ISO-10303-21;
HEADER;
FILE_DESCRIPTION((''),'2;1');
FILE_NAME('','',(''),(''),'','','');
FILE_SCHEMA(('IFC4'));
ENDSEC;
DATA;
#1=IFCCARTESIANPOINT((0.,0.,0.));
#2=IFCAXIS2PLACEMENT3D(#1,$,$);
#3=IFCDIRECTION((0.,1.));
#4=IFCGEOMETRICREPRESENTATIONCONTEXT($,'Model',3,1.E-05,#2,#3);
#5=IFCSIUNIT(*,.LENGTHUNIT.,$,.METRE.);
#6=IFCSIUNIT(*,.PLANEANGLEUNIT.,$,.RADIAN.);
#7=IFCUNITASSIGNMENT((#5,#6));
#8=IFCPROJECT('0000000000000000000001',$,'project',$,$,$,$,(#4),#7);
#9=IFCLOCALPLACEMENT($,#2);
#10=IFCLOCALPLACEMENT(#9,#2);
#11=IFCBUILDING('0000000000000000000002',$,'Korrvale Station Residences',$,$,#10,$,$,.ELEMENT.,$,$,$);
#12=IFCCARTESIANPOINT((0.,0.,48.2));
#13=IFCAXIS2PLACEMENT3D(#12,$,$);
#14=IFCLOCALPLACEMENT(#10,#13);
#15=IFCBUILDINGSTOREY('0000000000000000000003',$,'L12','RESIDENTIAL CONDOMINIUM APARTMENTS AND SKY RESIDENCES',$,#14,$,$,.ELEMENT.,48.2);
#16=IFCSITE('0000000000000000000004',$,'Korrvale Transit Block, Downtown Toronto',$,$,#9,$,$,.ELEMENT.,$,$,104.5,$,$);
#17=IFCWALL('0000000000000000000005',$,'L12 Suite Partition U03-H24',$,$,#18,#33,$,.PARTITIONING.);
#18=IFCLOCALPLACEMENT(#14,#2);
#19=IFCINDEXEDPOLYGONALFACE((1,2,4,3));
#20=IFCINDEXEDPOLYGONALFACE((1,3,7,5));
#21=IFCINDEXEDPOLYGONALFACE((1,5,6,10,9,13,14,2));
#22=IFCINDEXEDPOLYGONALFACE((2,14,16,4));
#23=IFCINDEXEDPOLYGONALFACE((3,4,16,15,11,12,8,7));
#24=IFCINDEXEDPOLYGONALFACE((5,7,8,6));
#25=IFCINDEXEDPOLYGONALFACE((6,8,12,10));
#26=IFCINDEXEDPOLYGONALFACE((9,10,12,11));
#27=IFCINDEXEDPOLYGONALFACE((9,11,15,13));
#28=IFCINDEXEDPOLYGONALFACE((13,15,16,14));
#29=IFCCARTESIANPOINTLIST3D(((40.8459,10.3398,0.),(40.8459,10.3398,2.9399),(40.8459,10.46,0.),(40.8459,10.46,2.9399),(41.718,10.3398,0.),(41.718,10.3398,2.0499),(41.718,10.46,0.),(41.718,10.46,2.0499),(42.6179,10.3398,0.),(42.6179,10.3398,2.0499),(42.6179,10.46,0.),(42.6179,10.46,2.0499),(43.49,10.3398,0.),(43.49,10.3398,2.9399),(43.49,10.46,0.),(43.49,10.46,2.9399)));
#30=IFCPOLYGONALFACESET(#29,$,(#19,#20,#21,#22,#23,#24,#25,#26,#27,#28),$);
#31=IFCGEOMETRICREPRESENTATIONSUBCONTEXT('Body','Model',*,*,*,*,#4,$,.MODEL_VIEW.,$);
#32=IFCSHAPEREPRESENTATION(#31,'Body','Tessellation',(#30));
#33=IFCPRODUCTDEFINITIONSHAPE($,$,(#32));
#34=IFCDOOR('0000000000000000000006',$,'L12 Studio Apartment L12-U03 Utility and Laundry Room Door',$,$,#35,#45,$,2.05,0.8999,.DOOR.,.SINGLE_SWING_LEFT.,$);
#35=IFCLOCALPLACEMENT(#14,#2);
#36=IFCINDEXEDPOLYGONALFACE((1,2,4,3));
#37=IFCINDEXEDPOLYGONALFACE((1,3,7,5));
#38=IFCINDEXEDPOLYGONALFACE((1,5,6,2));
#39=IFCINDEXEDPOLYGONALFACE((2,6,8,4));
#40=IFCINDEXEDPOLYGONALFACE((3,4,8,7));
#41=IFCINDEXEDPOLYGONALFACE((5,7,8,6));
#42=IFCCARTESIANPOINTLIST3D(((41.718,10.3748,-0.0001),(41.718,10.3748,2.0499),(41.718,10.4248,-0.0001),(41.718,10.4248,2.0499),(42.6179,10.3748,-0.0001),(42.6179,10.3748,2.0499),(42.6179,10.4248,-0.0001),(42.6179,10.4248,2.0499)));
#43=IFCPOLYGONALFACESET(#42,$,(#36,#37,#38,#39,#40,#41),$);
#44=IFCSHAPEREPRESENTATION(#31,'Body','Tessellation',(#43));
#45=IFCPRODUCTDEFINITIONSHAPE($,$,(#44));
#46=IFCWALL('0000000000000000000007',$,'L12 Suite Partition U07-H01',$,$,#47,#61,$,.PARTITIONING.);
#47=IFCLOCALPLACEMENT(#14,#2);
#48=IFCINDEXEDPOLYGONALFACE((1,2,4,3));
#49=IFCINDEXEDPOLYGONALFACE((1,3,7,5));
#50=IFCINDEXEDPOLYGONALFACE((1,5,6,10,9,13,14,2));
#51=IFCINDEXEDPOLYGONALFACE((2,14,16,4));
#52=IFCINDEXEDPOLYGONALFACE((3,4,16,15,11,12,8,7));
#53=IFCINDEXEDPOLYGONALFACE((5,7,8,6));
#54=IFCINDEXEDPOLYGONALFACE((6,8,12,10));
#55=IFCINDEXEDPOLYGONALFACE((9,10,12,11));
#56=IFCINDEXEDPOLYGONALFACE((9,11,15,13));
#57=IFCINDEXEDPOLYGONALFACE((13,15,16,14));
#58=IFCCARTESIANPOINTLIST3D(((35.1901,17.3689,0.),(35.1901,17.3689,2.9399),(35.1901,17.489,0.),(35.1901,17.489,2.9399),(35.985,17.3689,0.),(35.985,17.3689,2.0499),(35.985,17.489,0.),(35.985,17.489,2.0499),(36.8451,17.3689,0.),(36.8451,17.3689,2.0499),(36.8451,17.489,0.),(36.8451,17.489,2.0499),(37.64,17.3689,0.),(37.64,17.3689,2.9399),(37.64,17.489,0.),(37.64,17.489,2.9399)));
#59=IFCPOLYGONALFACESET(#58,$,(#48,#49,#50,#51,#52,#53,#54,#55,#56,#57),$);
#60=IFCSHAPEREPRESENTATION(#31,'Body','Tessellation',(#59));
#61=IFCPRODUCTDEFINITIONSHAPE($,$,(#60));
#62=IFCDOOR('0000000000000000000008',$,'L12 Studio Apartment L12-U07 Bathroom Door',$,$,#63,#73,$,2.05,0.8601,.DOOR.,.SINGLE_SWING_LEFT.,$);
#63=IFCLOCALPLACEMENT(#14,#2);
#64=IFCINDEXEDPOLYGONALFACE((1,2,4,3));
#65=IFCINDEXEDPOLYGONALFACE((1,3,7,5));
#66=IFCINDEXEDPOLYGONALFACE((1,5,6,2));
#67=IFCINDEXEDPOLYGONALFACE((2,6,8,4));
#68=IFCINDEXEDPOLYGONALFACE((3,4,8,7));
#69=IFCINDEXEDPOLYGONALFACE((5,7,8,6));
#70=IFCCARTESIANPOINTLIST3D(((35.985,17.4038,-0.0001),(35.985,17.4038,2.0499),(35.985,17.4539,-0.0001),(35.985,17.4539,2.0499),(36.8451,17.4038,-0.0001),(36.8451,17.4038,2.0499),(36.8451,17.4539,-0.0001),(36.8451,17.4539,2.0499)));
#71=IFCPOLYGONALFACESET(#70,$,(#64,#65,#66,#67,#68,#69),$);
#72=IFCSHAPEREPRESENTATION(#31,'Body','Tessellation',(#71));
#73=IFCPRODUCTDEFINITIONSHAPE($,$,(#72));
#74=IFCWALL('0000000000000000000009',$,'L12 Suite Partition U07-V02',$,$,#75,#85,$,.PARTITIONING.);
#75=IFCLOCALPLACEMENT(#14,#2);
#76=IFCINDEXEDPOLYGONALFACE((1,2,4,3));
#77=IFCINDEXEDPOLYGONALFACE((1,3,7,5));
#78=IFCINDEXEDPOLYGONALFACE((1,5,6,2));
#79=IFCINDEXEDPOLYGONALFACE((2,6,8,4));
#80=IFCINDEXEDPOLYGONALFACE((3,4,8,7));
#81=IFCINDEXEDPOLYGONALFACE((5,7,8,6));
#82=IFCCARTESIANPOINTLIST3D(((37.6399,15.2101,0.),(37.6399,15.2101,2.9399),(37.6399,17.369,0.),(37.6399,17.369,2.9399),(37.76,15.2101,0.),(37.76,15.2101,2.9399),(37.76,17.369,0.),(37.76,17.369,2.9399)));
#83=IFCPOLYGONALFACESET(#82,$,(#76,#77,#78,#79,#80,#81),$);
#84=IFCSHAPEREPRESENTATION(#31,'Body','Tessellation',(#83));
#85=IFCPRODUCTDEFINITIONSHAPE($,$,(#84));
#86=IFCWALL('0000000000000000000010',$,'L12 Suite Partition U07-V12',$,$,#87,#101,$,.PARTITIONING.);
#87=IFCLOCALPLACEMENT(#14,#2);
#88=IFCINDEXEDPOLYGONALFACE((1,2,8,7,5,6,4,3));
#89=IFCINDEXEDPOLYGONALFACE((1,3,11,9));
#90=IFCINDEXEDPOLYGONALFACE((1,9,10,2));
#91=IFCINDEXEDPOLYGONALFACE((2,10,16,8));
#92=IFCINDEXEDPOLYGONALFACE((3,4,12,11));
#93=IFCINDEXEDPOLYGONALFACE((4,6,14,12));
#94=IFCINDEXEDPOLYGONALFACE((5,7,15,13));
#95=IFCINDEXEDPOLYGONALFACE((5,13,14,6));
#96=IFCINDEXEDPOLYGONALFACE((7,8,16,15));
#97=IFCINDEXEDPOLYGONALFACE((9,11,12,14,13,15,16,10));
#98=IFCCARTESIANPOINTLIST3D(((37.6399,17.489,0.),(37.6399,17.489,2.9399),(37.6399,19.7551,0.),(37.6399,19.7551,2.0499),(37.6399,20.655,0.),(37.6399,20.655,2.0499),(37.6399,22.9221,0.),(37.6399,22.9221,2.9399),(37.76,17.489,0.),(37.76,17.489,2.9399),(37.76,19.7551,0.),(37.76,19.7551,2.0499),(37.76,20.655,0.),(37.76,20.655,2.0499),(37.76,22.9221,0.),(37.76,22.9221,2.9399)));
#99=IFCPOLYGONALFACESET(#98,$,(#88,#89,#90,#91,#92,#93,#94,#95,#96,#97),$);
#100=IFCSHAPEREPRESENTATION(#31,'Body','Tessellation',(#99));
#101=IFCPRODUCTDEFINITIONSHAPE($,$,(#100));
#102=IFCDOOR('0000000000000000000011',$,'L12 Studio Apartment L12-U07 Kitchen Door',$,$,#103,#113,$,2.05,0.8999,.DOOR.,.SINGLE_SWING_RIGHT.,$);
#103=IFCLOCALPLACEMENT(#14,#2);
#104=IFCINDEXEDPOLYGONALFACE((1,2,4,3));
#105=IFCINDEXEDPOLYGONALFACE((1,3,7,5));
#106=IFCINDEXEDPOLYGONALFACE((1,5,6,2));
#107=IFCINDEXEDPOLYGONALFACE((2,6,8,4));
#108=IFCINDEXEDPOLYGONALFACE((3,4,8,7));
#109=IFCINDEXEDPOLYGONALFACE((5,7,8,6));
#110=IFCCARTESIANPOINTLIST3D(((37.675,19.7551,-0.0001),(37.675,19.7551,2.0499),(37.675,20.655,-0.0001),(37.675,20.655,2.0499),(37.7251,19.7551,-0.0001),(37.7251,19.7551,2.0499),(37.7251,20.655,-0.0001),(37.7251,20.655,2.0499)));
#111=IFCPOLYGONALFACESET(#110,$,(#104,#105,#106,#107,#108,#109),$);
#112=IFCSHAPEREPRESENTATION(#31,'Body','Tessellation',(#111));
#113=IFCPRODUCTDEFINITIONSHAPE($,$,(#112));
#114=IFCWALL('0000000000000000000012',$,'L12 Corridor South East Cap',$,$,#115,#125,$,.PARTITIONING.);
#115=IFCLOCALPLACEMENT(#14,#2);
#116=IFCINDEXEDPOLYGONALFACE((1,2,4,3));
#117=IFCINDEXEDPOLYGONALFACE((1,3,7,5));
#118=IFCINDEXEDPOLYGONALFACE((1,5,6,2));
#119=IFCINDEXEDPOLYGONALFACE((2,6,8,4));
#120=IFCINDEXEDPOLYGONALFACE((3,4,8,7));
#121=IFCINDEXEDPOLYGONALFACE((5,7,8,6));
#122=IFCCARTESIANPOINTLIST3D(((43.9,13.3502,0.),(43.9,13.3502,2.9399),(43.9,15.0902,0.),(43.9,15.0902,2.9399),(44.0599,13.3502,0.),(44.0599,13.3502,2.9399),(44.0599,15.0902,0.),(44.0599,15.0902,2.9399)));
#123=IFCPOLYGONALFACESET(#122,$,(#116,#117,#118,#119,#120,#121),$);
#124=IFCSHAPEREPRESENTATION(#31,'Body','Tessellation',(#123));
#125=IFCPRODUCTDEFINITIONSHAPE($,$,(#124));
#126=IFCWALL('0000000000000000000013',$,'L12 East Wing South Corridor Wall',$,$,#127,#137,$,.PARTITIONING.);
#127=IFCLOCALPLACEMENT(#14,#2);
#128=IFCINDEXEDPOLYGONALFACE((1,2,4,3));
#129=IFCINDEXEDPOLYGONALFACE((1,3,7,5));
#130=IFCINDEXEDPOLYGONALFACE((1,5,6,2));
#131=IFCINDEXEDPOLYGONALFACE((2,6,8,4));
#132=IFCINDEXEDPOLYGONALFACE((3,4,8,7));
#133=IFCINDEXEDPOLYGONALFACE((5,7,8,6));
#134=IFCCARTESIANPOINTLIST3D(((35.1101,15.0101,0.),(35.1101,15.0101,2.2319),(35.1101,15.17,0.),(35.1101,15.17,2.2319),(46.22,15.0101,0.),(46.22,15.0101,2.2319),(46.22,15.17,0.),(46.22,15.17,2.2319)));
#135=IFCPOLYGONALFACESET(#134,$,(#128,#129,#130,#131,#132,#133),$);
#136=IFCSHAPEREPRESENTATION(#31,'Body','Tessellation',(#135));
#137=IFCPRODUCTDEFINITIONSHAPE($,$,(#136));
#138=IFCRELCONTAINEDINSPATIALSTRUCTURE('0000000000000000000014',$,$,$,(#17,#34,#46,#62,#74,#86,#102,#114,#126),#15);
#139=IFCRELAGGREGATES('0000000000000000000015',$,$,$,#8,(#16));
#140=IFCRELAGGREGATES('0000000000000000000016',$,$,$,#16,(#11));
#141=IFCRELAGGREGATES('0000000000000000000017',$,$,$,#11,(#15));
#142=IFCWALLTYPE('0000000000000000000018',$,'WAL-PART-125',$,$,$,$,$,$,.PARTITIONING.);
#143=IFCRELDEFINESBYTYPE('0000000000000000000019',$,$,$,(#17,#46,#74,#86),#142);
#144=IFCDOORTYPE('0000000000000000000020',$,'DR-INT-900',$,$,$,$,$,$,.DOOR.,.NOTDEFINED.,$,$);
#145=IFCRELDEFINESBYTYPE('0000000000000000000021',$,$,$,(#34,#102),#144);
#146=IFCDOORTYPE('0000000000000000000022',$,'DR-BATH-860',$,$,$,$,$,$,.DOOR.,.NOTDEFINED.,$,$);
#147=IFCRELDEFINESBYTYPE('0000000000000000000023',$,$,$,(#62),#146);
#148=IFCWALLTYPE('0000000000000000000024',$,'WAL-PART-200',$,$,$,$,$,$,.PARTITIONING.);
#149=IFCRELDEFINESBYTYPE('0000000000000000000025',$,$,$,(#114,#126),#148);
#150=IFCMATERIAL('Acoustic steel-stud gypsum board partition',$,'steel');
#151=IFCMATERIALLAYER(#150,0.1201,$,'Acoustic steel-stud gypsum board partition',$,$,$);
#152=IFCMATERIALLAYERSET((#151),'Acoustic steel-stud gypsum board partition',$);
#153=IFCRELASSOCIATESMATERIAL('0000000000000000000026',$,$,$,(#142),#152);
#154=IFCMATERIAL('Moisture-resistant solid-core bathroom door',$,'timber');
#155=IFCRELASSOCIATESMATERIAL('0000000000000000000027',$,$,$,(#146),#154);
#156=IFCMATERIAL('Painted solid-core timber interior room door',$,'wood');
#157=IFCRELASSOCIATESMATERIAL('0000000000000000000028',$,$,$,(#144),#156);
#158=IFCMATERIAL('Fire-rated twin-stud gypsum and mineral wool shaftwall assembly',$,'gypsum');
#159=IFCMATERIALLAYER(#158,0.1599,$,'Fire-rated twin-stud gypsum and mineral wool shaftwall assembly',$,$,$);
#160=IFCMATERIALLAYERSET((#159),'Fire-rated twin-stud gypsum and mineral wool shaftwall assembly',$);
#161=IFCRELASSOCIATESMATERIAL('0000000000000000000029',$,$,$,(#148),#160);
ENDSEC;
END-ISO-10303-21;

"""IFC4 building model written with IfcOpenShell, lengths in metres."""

from ifc_helpers import new_model, si_unit, direction, frame, frame_2d, origin, place, context, subcontext, project, spatial, rectangle, extrude, material, layer, layer_set, type_object, element, fill, save


model = new_model("IFC4")

# Units and contexts
model_context = context("Model", 3, precision=1e-05, world=origin(), true_north=direction((0.0, 1.0)))
body_context = subcontext(model_context, "Body", "Model", "MODEL_VIEW")
ifc_project = project(units=[si_unit("LENGTHUNIT", "METRE"), si_unit("PLANEANGLEUNIT", "RADIAN")], contexts=[model_context])

# Site, building, storey
site_placement = place(None, origin())
site = spatial("IfcSite", under=ifc_project, at=site_placement, Name="Korrvale Transit Block, Downtown Toronto", CompositionType="ELEMENT", RefElevation=104.5)
building_placement = place(site_placement, origin())
building = spatial("IfcBuilding", under=site, at=building_placement, Name="Korrvale Station Residences", CompositionType="ELEMENT")
storey_placement = place(building_placement, frame((0.0, 0.0, 48.2)))
storey = spatial("IfcBuildingStorey", under=building, at=storey_placement, Name="L12", Description="RESIDENTIAL CONDOMINIUM APARTMENTS AND SKY RESIDENCES", CompositionType="ELEMENT", Elevation=48.2)

# Shared definitions
ifc_material_1 = material(Name="Acoustic steel-stud gypsum board partition", Category="steel")
ifc_layer_1 = layer(ifc_material_1, 0.1201, Name="Acoustic steel-stud gypsum board partition")
ifc_layer_set_1 = layer_set([ifc_layer_1], Name="Acoustic steel-stud gypsum board partition")
wall_type_1 = type_object("IfcWallType", Name="WAL-PART-125", PredefinedType="PARTITIONING", material=ifc_layer_set_1)
ifc_material_2 = material(Name="Moisture-resistant solid-core bathroom door", Category="timber")
door_type_1 = type_object("IfcDoorType", Name="DR-BATH-860", OperationType="NOTDEFINED", PredefinedType="DOOR", material=ifc_material_2)

# Shared definitions
ifc_material_3 = material(Name="Painted solid-core timber interior room door", Category="wood")
door_type_2 = type_object("IfcDoorType", Name="DR-INT-900", OperationType="NOTDEFINED", PredefinedType="DOOR", material=ifc_material_3)

# Walls, openings, doors
wall_1_placement = place(storey_placement, frame((40.8459, 10.3999, 0.0), z_axis=(0.0, 0.0, 1.0), x_axis=(1.0, 0.0, 0.0)))
wall_1 = element("IfcWall", 1, at=wall_1_placement, inside=storey, type_object=wall_type_1, Name="L12 Suite Partition U03-H24", PredefinedType="PARTITIONING", context=body_context, shape_type="SweptSolid", body=[
    extrude(rectangle(XDim=2.644, YDim=0.1201, at=frame_2d((1.322, 0.0))), origin(), (0.0, 0.0, 1.0), 2.9399),
])
opening_1_placement = place(wall_1_placement, frame((0.8721, 0.0, 0.0)))
opening_1 = element("IfcOpeningElement", 2, at=opening_1_placement, cuts=wall_1, PredefinedType="OPENING", context=body_context, shape_type="SweptSolid", body=[
    extrude(rectangle(XDim=0.8999, YDim=2.05, at=frame_2d((0.45, 1.0249))), frame((0.0, 0.0701, 0.0), z_axis=(0.0, -1.0, 0.0), x_axis=(1.0, 0.0, 0.0)), (0.0, 0.0, 1.0), 0.1401),
])
door_1_placement = place(opening_1_placement, origin())
door_1 = element("IfcDoor", 3, at=door_1_placement, inside=storey, type_object=door_type_2, Name="L12 Studio Apartment L12-U03 Utility and Laundry Room Door", OperationType="SINGLE_SWING_LEFT", OverallHeight=2.05, OverallWidth=0.8999, PredefinedType="DOOR", context=body_context, shape_type="SweptSolid", body=[
    extrude(rectangle(XDim=0.8999, YDim=2.05, at=frame_2d((0.45, 1.0249))), frame((0.0, 0.0249, 0.0), z_axis=(0.0, -1.0, 0.0), x_axis=(1.0, 0.0, 0.0)), (0.0, 0.0, 1.0), 0.05),
])
fill(opening_1, door_1)
wall_2_placement = place(storey_placement, frame((35.1899, 17.429, 0.0), z_axis=(0.0, 0.0, 1.0), x_axis=(1.0, 0.0, 0.0)))
wall_2 = element("IfcWall", 4, at=wall_2_placement, inside=storey, type_object=wall_type_1, Name="L12 Suite Partition U07-H01", PredefinedType="PARTITIONING", context=body_context, shape_type="SweptSolid", body=[
    extrude(rectangle(XDim=2.45, YDim=0.1201, at=frame_2d((1.2251, 0.0))), origin(), (0.0, 0.0, 1.0), 2.9399),
])
opening_2_placement = place(wall_2_placement, frame((0.7949, 0.0, 0.0)))
opening_2 = element("IfcOpeningElement", 5, at=opening_2_placement, cuts=wall_2, PredefinedType="OPENING", context=body_context, shape_type="SweptSolid", body=[
    extrude(rectangle(XDim=0.8601, YDim=2.05, at=frame_2d((0.4302, 1.0249))), frame((0.0, 0.0701, 0.0), z_axis=(0.0, -1.0, 0.0), x_axis=(1.0, 0.0, 0.0)), (0.0, 0.0, 1.0), 0.1401),
])
door_2_placement = place(opening_2_placement, origin())
door_2 = element("IfcDoor", 6, at=door_2_placement, inside=storey, type_object=door_type_1, Name="L12 Studio Apartment L12-U07 Bathroom Door", OperationType="SINGLE_SWING_LEFT", OverallHeight=2.05, OverallWidth=0.8601, PredefinedType="DOOR", context=body_context, shape_type="SweptSolid", body=[
    extrude(rectangle(XDim=0.8601, YDim=2.05, at=frame_2d((0.4302, 1.0249))), frame((0.0, 0.0249, 0.0), z_axis=(0.0, -1.0, 0.0), x_axis=(1.0, 0.0, 0.0)), (0.0, 0.0, 1.0), 0.05),
])
fill(opening_2, door_2)

# Wall
wall_3_placement = place(storey_placement, frame((37.7, 15.21, 0.0), z_axis=(0.0, 0.0, 1.0), x_axis=(0.0, 1.0, 0.0)))
element("IfcWall", 7, at=wall_3_placement, inside=storey, type_object=wall_type_1, Name="L12 Suite Partition U07-V02", PredefinedType="PARTITIONING", context=body_context, shape_type="SweptSolid", body=[
    extrude(rectangle(XDim=2.1589, YDim=0.1201, at=frame_2d((1.0796, 0.0))), origin(), (0.0, 0.0, 1.0), 2.9399),
])

# Wall, opening, door
wall_4_placement = place(storey_placement, frame((37.7, 17.489, 0.0), z_axis=(0.0, 0.0, 1.0), x_axis=(0.0, 1.0, 0.0)))
wall_4 = element("IfcWall", 8, at=wall_4_placement, inside=storey, type_object=wall_type_1, Name="L12 Suite Partition U07-V12", PredefinedType="PARTITIONING", context=body_context, shape_type="SweptSolid", body=[
    extrude(rectangle(XDim=5.4331, YDim=0.1201, at=frame_2d((2.7166, 0.0))), origin(), (0.0, 0.0, 1.0), 2.9399),
])
opening_3_placement = place(wall_4_placement, frame((2.2661, 0.0, 0.0)))
opening_3 = element("IfcOpeningElement", 9, at=opening_3_placement, cuts=wall_4, PredefinedType="OPENING", context=body_context, shape_type="SweptSolid", body=[
    extrude(rectangle(XDim=0.8999, YDim=2.05, at=frame_2d((0.45, 1.0249))), frame((0.0, 0.0701, 0.0), z_axis=(0.0, -1.0, 0.0), x_axis=(1.0, 0.0, 0.0)), (0.0, 0.0, 1.0), 0.1401),
])
door_3_placement = place(opening_3_placement, origin())
door_3 = element("IfcDoor", 10, at=door_3_placement, inside=storey, type_object=door_type_2, Name="L12 Studio Apartment L12-U07 Kitchen Door", OperationType="SINGLE_SWING_RIGHT", OverallHeight=2.05, OverallWidth=0.8999, PredefinedType="DOOR", context=body_context, shape_type="SweptSolid", body=[
    extrude(rectangle(XDim=0.8999, YDim=2.05, at=frame_2d((0.45, 1.0249))), frame((0.0, 0.0249, 0.0), z_axis=(0.0, -1.0, 0.0), x_axis=(1.0, 0.0, 0.0)), (0.0, 0.0, 1.0), 0.05),
])
fill(opening_3, door_3)

# Walls
ifc_material_4 = material(Name="Fire-rated twin-stud gypsum and mineral wool shaftwall assembly", Category="gypsum")
ifc_layer_2 = layer(ifc_material_4, 0.1599, Name="Fire-rated twin-stud gypsum and mineral wool shaftwall assembly")
ifc_layer_set_2 = layer_set([ifc_layer_2], Name="Fire-rated twin-stud gypsum and mineral wool shaftwall assembly")
wall_type_2 = type_object("IfcWallType", Name="WAL-PART-200", PredefinedType="PARTITIONING", material=ifc_layer_set_2)
wall_5_placement = place(storey_placement, frame((43.98, 13.3501, 0.0), z_axis=(0.0, 0.0, 1.0), x_axis=(0.0, 1.0, 0.0)))
element("IfcWall", 11, at=wall_5_placement, inside=storey, type_object=wall_type_2, Name="L12 Corridor South East Cap", PredefinedType="PARTITIONING", context=body_context, shape_type="SweptSolid", body=[
    extrude(rectangle(XDim=1.74, YDim=0.1599, at=frame_2d((0.8701, 0.0))), origin(), (0.0, 0.0, 1.0), 2.9399),
])
wall_6_placement = place(storey_placement, frame((35.1101, 15.0901, 0.0), z_axis=(0.0, 0.0, 1.0), x_axis=(1.0, 0.0, 0.0)))
element("IfcWall", 12, at=wall_6_placement, inside=storey, type_object=wall_type_2, Name="L12 East Wing South Corridor Wall", PredefinedType="PARTITIONING", context=body_context, shape_type="SweptSolid", body=[
    extrude(rectangle(XDim=11.1099, YDim=0.1599, at=frame_2d((5.5549, 0.0))), origin(), (0.0, 0.0, 1.0), 2.2319),
])

save(model, "model.ifc")
